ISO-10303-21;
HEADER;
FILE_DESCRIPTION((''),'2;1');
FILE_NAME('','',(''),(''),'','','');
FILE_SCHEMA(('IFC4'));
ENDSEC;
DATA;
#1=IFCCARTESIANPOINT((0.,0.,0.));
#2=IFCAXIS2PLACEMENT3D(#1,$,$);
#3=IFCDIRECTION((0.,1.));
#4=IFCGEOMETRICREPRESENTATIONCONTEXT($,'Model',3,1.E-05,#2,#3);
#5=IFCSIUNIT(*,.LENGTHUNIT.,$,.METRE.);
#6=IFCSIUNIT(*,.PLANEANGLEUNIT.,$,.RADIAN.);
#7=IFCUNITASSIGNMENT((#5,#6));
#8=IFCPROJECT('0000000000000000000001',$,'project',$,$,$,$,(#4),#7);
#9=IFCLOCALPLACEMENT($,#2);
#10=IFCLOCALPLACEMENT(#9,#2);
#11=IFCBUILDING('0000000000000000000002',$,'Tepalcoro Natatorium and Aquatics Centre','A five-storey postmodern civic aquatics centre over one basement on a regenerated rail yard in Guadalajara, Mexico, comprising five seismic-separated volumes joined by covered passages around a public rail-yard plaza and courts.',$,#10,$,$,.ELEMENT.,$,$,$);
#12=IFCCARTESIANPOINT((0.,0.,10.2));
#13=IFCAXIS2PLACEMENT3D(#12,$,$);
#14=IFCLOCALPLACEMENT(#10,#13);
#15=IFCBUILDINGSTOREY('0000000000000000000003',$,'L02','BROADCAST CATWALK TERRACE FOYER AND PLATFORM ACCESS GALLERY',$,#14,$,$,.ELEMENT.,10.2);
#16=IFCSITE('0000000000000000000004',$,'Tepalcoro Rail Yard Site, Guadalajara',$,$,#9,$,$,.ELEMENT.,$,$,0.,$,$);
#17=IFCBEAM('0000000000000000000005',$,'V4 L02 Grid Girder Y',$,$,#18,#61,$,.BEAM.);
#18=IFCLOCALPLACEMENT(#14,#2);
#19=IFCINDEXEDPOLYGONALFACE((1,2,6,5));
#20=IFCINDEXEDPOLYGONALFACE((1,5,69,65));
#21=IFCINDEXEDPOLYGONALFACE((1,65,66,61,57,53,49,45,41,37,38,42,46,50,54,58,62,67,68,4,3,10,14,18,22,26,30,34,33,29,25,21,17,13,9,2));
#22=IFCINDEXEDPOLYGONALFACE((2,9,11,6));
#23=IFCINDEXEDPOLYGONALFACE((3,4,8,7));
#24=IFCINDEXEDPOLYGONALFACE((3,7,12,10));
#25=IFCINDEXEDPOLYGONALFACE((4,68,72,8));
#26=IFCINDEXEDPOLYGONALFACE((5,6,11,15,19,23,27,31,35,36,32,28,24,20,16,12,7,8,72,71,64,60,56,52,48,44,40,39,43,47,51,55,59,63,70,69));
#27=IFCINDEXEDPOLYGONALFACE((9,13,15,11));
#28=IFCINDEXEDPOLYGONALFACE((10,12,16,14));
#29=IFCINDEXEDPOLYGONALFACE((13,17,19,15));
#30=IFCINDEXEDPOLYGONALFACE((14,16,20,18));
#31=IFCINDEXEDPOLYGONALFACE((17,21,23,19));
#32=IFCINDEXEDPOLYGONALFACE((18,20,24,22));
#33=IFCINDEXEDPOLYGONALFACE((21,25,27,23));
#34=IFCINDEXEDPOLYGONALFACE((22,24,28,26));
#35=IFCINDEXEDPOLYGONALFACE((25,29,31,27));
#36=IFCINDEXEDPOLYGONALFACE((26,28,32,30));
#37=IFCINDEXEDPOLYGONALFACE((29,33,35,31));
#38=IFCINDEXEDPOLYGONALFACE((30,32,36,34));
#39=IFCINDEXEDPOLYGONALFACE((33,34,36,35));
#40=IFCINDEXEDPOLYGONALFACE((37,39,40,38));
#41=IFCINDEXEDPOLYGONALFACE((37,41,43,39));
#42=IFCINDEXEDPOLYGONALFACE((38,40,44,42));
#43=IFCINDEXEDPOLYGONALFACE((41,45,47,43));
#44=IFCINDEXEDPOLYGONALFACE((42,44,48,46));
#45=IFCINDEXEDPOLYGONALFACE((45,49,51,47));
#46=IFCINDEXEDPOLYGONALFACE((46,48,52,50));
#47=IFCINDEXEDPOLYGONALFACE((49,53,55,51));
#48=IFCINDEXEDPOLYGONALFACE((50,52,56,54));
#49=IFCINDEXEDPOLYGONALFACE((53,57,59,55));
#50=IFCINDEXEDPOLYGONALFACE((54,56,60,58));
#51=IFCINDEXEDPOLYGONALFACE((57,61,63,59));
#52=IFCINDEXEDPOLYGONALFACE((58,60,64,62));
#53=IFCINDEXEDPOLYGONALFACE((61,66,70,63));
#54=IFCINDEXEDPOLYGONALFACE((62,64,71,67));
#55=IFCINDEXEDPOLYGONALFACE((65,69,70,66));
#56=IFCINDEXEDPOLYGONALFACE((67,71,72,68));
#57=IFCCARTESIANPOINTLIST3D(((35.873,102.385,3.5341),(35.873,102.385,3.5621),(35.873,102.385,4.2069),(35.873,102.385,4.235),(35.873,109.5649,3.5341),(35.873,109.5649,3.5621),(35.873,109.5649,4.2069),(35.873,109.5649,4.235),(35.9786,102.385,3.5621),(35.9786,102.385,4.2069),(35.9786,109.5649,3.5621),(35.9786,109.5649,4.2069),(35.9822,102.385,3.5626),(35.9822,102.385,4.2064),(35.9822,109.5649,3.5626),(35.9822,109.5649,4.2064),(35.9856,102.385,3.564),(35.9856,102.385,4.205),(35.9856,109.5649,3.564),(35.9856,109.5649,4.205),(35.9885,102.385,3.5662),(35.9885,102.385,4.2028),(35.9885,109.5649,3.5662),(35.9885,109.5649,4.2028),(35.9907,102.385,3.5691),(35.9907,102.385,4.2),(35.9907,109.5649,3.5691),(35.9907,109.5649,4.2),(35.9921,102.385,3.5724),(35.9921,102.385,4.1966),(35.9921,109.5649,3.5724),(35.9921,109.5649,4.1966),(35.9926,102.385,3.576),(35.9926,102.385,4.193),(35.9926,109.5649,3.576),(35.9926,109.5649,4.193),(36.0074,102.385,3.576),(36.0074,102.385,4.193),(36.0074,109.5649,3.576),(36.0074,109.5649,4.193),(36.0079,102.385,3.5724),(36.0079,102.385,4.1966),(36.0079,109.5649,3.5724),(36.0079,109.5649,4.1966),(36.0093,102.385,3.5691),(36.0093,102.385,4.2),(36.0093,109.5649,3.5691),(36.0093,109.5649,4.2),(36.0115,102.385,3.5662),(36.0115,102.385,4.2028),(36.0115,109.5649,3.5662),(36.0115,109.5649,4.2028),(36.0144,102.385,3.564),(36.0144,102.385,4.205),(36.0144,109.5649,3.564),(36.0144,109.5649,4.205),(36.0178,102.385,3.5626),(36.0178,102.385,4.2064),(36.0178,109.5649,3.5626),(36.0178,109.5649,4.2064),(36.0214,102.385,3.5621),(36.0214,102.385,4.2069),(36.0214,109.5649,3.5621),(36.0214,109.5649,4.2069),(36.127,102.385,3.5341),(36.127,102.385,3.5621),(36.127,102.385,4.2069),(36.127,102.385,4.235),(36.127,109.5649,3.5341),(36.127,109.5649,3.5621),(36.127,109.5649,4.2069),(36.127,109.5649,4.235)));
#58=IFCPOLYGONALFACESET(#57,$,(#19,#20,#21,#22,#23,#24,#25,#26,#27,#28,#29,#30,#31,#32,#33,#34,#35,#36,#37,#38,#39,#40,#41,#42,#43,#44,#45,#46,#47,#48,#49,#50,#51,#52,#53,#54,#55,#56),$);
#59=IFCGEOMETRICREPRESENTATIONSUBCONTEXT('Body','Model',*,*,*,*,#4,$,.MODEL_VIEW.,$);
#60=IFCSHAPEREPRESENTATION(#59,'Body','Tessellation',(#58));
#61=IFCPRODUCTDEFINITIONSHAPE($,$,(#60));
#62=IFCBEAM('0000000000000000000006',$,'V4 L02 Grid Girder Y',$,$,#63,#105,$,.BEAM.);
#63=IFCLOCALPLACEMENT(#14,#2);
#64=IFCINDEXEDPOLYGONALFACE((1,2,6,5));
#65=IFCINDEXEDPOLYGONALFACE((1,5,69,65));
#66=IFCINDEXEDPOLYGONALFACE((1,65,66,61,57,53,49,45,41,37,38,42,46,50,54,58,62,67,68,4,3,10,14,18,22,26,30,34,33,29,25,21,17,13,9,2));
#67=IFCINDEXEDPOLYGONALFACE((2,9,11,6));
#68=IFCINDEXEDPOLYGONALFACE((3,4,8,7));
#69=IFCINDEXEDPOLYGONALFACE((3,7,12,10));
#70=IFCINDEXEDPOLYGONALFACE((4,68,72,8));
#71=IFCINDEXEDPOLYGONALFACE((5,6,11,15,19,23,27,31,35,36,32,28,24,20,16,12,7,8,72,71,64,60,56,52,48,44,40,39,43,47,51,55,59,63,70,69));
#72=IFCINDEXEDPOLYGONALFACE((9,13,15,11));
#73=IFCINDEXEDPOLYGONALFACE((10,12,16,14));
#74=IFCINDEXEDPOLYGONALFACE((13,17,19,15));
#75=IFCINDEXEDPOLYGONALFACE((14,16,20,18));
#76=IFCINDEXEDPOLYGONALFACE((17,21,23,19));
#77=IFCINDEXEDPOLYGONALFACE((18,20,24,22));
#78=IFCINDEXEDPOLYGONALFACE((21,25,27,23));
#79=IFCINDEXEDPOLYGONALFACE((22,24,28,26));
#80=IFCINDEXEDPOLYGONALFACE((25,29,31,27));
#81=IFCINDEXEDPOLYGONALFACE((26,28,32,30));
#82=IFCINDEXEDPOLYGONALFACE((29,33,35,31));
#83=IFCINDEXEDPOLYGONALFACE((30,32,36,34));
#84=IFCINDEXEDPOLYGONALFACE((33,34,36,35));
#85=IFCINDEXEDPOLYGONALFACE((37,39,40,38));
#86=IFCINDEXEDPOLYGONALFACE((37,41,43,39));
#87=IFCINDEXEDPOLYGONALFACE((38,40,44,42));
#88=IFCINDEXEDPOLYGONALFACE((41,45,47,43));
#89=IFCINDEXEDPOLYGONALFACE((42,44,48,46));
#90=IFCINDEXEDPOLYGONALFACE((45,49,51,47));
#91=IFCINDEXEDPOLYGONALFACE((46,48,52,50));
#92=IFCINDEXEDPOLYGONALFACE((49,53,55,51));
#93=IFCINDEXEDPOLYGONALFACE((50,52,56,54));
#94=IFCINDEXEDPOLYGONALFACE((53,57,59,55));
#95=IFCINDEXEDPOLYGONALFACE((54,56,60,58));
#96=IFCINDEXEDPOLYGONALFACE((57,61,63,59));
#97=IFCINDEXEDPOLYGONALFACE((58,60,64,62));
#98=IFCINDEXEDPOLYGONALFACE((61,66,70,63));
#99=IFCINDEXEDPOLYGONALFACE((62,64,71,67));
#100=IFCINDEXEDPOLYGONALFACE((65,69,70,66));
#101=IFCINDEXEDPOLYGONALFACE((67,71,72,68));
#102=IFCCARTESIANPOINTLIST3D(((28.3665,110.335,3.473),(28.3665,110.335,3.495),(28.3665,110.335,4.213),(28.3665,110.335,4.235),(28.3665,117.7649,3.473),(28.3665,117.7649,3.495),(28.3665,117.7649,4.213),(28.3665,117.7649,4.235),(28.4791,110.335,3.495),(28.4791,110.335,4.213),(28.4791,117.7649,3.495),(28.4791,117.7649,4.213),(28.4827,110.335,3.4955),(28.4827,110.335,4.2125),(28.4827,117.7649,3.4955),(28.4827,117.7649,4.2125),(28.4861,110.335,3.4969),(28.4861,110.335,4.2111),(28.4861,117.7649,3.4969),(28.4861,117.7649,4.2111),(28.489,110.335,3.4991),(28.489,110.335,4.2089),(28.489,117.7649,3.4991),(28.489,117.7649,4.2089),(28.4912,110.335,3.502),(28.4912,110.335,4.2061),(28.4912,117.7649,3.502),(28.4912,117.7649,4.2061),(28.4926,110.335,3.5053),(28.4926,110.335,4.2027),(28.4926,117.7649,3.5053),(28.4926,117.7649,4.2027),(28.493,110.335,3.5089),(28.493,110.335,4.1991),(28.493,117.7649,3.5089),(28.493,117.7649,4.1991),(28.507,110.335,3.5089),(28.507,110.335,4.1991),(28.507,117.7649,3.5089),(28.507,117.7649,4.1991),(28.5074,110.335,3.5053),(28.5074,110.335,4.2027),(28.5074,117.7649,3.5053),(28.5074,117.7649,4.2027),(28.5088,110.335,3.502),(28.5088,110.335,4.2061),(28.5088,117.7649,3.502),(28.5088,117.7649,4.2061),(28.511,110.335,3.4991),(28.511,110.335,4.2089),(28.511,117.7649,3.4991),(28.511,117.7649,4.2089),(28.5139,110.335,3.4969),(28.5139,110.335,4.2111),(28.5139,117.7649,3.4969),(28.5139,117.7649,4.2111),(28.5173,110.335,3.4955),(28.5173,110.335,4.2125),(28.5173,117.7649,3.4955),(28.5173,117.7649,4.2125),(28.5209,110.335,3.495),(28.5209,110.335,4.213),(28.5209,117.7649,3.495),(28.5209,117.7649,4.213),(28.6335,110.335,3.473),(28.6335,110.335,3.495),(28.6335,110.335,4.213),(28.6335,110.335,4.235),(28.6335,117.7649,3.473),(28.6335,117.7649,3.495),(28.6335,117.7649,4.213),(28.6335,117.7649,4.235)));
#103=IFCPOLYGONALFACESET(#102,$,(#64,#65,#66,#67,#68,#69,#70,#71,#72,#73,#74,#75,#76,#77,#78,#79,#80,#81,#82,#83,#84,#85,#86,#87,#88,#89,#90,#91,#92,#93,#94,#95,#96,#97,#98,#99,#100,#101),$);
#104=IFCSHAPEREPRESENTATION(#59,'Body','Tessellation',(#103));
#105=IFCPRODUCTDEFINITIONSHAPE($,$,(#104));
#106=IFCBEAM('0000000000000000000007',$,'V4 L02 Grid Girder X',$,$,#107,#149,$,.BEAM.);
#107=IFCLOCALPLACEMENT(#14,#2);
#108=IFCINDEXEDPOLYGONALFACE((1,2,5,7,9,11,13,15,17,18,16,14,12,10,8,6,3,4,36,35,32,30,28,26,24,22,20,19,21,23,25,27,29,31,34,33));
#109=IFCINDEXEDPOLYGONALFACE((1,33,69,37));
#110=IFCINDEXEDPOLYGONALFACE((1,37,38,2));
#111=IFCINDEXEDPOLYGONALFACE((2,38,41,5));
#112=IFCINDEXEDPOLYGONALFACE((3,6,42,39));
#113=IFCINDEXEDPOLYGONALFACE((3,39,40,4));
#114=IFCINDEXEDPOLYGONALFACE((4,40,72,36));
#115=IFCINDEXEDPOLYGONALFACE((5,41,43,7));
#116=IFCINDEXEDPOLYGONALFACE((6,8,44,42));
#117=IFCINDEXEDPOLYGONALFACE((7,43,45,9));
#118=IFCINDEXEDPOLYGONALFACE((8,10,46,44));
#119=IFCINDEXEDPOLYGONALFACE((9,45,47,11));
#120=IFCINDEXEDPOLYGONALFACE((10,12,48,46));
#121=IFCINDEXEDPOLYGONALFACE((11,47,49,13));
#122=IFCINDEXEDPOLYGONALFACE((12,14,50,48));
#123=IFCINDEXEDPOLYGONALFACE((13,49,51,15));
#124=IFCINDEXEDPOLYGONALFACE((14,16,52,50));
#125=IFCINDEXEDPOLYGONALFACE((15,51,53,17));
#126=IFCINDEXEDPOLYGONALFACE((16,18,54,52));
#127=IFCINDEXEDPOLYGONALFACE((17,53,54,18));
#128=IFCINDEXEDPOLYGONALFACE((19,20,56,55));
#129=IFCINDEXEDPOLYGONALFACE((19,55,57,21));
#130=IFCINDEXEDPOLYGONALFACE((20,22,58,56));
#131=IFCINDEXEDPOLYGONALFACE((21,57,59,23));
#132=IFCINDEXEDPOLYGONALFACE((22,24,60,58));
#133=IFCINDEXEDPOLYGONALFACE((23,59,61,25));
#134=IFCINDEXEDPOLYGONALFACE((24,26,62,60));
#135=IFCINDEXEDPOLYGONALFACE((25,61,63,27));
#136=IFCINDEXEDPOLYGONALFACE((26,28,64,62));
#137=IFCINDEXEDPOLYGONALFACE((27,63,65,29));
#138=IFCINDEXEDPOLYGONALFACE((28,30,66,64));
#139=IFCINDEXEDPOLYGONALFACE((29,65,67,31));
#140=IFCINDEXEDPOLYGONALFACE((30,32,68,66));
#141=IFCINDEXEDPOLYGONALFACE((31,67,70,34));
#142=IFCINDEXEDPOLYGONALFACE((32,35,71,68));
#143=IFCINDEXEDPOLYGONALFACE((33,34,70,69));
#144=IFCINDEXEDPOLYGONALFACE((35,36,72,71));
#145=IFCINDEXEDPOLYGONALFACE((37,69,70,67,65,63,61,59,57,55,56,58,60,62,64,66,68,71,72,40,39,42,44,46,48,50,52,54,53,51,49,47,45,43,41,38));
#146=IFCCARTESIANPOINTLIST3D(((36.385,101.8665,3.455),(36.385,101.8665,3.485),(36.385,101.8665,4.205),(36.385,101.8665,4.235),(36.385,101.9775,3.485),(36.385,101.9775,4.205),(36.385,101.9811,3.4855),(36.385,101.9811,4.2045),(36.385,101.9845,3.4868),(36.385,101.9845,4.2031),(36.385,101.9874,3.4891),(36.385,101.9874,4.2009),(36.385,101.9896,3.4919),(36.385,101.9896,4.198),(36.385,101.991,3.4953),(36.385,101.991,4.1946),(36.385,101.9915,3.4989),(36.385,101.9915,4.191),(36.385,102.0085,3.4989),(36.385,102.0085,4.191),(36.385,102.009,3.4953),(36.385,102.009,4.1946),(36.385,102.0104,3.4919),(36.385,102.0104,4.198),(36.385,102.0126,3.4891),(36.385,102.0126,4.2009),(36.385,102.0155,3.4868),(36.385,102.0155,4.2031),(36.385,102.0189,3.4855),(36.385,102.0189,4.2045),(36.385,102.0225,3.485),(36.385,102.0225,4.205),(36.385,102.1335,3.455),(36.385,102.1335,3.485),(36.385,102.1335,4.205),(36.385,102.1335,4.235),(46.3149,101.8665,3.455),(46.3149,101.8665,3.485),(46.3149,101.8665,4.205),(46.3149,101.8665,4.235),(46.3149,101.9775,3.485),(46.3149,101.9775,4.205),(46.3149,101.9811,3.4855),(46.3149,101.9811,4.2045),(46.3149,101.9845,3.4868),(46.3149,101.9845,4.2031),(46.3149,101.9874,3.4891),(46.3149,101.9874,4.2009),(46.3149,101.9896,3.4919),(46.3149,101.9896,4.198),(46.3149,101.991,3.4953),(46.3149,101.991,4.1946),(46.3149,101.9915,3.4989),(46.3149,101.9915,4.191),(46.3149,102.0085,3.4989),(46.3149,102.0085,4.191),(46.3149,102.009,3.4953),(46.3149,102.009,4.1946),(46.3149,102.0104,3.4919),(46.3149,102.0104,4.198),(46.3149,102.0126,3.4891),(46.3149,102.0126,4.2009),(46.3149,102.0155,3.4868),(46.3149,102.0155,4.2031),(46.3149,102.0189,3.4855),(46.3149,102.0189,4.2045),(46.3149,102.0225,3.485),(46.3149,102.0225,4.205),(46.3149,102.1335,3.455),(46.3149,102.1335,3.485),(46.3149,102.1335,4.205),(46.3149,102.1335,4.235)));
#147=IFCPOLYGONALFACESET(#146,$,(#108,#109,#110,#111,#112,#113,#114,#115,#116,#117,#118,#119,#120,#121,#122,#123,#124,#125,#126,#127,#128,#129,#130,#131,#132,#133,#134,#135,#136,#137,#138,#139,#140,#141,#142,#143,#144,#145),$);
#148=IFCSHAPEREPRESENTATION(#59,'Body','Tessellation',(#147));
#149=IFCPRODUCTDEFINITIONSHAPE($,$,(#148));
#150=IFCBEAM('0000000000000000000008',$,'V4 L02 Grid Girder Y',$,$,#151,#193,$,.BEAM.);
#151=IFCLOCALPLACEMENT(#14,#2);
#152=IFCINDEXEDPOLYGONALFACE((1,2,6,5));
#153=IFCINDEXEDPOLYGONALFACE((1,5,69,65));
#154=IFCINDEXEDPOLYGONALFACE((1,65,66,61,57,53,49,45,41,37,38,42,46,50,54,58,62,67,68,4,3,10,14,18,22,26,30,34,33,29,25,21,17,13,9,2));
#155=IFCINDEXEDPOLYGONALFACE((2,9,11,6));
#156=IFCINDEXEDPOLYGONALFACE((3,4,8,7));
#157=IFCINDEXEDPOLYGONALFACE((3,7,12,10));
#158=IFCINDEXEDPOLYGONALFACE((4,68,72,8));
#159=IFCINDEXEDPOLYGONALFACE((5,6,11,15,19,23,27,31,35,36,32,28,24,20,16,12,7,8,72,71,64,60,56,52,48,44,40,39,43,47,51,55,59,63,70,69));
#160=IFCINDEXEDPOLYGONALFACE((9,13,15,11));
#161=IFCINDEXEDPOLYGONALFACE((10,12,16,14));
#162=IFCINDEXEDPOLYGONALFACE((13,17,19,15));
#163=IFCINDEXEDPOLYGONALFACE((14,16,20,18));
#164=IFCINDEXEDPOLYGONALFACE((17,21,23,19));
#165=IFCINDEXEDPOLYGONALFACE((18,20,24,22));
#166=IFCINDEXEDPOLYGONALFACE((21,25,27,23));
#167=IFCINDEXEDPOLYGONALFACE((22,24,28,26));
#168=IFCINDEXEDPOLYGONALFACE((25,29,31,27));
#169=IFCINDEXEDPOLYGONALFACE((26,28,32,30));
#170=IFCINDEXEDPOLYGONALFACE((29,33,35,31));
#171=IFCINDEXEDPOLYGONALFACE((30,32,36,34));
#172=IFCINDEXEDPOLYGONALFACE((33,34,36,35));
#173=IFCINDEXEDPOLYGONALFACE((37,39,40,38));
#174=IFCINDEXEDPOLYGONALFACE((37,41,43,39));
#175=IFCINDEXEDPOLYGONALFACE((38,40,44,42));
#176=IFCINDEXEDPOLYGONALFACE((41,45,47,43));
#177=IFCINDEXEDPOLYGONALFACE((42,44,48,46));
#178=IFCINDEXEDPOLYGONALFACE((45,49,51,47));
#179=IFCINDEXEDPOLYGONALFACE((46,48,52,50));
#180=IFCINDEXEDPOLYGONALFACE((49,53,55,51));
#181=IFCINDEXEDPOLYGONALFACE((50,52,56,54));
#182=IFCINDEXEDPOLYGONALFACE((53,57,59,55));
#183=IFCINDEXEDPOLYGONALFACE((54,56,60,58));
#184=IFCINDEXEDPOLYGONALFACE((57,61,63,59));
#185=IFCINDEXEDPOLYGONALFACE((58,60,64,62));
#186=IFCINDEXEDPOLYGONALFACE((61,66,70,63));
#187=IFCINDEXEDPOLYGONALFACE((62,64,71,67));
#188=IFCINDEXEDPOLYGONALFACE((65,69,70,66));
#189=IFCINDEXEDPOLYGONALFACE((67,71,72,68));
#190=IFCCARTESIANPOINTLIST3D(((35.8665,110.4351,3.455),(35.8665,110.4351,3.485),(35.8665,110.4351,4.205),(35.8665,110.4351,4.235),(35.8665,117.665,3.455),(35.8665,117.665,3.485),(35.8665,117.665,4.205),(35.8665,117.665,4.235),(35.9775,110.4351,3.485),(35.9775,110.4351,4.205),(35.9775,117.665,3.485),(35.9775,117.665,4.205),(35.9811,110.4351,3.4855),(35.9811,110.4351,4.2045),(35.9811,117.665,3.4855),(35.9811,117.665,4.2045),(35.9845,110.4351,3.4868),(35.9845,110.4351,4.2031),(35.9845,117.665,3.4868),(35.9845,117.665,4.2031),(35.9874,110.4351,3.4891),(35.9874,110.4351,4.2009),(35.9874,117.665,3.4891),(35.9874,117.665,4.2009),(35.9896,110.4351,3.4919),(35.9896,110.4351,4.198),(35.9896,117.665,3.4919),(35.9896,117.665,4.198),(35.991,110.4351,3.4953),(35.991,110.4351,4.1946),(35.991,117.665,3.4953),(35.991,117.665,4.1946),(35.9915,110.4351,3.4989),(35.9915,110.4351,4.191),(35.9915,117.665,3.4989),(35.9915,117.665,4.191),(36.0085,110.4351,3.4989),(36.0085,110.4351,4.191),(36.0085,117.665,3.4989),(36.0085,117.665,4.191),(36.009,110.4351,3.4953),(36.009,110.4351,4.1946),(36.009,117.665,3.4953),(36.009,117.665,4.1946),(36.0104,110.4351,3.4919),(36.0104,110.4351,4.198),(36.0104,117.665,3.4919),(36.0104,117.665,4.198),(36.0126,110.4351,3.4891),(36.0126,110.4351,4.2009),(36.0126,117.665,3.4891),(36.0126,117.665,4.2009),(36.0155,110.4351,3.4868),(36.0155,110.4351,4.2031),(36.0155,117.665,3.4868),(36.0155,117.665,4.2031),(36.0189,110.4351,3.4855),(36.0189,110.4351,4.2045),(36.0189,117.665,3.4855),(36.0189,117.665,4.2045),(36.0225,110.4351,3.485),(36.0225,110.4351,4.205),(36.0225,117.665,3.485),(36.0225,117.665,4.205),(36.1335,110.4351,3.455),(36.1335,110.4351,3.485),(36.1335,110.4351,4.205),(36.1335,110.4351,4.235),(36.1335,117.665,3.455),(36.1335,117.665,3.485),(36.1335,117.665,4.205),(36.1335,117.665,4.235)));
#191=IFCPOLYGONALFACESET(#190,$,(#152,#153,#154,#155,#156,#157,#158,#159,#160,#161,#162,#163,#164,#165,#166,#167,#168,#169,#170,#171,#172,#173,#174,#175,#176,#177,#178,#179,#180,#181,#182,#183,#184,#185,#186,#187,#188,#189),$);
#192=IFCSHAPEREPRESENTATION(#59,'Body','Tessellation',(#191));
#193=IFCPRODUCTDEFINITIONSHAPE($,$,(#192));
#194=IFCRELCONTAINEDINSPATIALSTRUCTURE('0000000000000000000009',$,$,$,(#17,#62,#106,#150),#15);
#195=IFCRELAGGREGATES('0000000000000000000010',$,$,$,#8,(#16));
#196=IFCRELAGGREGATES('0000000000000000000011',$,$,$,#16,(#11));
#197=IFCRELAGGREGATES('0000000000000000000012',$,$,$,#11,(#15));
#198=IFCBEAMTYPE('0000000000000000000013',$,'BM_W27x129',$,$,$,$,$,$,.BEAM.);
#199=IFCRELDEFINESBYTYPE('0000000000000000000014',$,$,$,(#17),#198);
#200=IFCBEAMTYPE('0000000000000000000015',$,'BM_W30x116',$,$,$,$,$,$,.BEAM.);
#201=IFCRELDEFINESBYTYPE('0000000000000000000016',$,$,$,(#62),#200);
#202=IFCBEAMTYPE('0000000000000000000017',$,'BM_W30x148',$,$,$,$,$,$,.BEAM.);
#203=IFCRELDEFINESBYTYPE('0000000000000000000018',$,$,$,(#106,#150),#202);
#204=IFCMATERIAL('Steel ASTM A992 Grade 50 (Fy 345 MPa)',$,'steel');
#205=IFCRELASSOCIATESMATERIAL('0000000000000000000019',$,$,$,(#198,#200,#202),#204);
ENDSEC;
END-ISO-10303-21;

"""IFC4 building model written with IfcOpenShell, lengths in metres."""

from ifc_helpers import new_model, si_unit, direction, frame, origin, origin_2d, place, context, subcontext, project, spatial, i_section, extrude, material, material_profile, profile_set, type_object, element, save


model = new_model("IFC4")

# Units and contexts
model_context = context("Model", 3, precision=1e-05, world=origin(), true_north=direction((0.0, 1.0)))
body_context = subcontext(model_context, "Body", "Model", "MODEL_VIEW")
ifc_project = project(units=[si_unit("LENGTHUNIT", "METRE"), si_unit("PLANEANGLEUNIT", "RADIAN")], contexts=[model_context])

# Site, building, storey
site_placement = place(None, origin())
site = spatial("IfcSite", under=ifc_project, at=site_placement, Name="Tepalcoro Rail Yard Site, Guadalajara", CompositionType="ELEMENT", RefElevation=0.0)
building_placement = place(site_placement, origin())
building = spatial("IfcBuilding", under=site, at=building_placement, Name="Tepalcoro Natatorium and Aquatics Centre", Description="A five-storey postmodern civic aquatics centre over one basement on a regenerated rail yard in Guadalajara, Mexico, comprising five seismic-separated volumes joined by covered passages around a public rail-yard plaza and courts.", CompositionType="ELEMENT")
storey_placement = place(building_placement, frame((0.0, 0.0, 10.2)))
storey = spatial("IfcBuildingStorey", under=building, at=storey_placement, Name="L02", Description="BROADCAST CATWALK TERRACE FOYER AND PLATFORM ACCESS GALLERY", CompositionType="ELEMENT", Elevation=10.2)

# Beams
ifc_material_1 = material(Name="Steel ASTM A992 Grade 50 (Fy 345 MPa)", Category="steel")
ifc_material_profile_1 = material_profile(ifc_material_1, i_section(OverallWidth=0.2539, OverallDepth=0.7009, WebThickness=0.0149, FlangeThickness=0.0281, FilletRadius=0.0139, at=origin_2d()), Name="W27X129")
ifc_profile_set_1 = profile_set([ifc_material_profile_1], Name="Steel ASTM A992 Grade 50 (Fy 345 MPa)")
beam_type_1 = type_object("IfcBeamType", Name="BM_W27x129", PredefinedType="BEAM", material=ifc_profile_set_1)
beam_1_placement = place(storey_placement, frame((36.0, 102.385, 3.8845), z_axis=(0.0, 1.0, 0.0), x_axis=(-1.0, 0.0, 0.0)))
element("IfcBeam", 1, at=beam_1_placement, inside=storey, type_object=beam_type_1, Name="V4 L02 Grid Girder Y", PredefinedType="BEAM", context=body_context, shape_type="SweptSolid", body=[
    extrude(i_section(OverallWidth=0.2539, OverallDepth=0.7009, WebThickness=0.0149, FlangeThickness=0.0281, FilletRadius=0.0139, at=origin_2d()), origin(), (0.0, 0.0, 1.0), 7.1799),
])
ifc_material_profile_2 = material_profile(ifc_material_1, i_section(OverallWidth=0.2671, OverallDepth=0.762, WebThickness=0.0139, FlangeThickness=0.022, FilletRadius=0.0139, at=origin_2d()), Name="W30X116")
ifc_profile_set_2 = profile_set([ifc_material_profile_2], Name="Steel ASTM A992 Grade 50 (Fy 345 MPa)")
beam_type_2 = type_object("IfcBeamType", Name="BM_W30x116", PredefinedType="BEAM", material=ifc_profile_set_2)
beam_2_placement = place(storey_placement, frame((28.5, 110.335, 3.854), z_axis=(0.0, 1.0, 0.0), x_axis=(-1.0, 0.0, 0.0)))
element("IfcBeam", 2, at=beam_2_placement, inside=storey, type_object=beam_type_2, Name="V4 L02 Grid Girder Y", PredefinedType="BEAM", context=body_context, shape_type="SweptSolid", body=[
    extrude(i_section(OverallWidth=0.2671, OverallDepth=0.762, WebThickness=0.0139, FlangeThickness=0.022, FilletRadius=0.0139, at=origin_2d()), origin(), (0.0, 0.0, 1.0), 7.4299),
])
ifc_material_profile_3 = material_profile(ifc_material_1, i_section(OverallWidth=0.2671, OverallDepth=0.78, WebThickness=0.0171, FlangeThickness=0.03, FilletRadius=0.0139, at=origin_2d()), Name="W30X148")
ifc_profile_set_3 = profile_set([ifc_material_profile_3], Name="Steel ASTM A992 Grade 50 (Fy 345 MPa)")
beam_type_3 = type_object("IfcBeamType", Name="BM_W30x148", PredefinedType="BEAM", material=ifc_profile_set_3)
beam_3_placement = place(storey_placement, frame((36.385, 102.0, 3.845), z_axis=(1.0, 0.0, 0.0), x_axis=(0.0, 1.0, 0.0)))
element("IfcBeam", 3, at=beam_3_placement, inside=storey, type_object=beam_type_3, Name="V4 L02 Grid Girder X", PredefinedType="BEAM", context=body_context, shape_type="SweptSolid", body=[
    extrude(i_section(OverallWidth=0.2671, OverallDepth=0.78, WebThickness=0.0171, FlangeThickness=0.03, FilletRadius=0.0139, at=origin_2d()), origin(), (0.0, 0.0, 1.0), 9.9299),
])
beam_4_placement = place(storey_placement, frame((36.0, 110.4351, 3.845), z_axis=(0.0, 1.0, 0.0), x_axis=(-1.0, 0.0, 0.0)))
element("IfcBeam", 4, at=beam_4_placement, inside=storey, type_object=beam_type_3, Name="V4 L02 Grid Girder Y", PredefinedType="BEAM", context=body_context, shape_type="SweptSolid", body=[
    extrude(i_section(OverallWidth=0.2671, OverallDepth=0.78, WebThickness=0.0171, FlangeThickness=0.03, FilletRadius=0.0139, at=origin_2d()), origin(), (0.0, 0.0, 1.0), 7.23),
])

save(model, "model.ifc")
